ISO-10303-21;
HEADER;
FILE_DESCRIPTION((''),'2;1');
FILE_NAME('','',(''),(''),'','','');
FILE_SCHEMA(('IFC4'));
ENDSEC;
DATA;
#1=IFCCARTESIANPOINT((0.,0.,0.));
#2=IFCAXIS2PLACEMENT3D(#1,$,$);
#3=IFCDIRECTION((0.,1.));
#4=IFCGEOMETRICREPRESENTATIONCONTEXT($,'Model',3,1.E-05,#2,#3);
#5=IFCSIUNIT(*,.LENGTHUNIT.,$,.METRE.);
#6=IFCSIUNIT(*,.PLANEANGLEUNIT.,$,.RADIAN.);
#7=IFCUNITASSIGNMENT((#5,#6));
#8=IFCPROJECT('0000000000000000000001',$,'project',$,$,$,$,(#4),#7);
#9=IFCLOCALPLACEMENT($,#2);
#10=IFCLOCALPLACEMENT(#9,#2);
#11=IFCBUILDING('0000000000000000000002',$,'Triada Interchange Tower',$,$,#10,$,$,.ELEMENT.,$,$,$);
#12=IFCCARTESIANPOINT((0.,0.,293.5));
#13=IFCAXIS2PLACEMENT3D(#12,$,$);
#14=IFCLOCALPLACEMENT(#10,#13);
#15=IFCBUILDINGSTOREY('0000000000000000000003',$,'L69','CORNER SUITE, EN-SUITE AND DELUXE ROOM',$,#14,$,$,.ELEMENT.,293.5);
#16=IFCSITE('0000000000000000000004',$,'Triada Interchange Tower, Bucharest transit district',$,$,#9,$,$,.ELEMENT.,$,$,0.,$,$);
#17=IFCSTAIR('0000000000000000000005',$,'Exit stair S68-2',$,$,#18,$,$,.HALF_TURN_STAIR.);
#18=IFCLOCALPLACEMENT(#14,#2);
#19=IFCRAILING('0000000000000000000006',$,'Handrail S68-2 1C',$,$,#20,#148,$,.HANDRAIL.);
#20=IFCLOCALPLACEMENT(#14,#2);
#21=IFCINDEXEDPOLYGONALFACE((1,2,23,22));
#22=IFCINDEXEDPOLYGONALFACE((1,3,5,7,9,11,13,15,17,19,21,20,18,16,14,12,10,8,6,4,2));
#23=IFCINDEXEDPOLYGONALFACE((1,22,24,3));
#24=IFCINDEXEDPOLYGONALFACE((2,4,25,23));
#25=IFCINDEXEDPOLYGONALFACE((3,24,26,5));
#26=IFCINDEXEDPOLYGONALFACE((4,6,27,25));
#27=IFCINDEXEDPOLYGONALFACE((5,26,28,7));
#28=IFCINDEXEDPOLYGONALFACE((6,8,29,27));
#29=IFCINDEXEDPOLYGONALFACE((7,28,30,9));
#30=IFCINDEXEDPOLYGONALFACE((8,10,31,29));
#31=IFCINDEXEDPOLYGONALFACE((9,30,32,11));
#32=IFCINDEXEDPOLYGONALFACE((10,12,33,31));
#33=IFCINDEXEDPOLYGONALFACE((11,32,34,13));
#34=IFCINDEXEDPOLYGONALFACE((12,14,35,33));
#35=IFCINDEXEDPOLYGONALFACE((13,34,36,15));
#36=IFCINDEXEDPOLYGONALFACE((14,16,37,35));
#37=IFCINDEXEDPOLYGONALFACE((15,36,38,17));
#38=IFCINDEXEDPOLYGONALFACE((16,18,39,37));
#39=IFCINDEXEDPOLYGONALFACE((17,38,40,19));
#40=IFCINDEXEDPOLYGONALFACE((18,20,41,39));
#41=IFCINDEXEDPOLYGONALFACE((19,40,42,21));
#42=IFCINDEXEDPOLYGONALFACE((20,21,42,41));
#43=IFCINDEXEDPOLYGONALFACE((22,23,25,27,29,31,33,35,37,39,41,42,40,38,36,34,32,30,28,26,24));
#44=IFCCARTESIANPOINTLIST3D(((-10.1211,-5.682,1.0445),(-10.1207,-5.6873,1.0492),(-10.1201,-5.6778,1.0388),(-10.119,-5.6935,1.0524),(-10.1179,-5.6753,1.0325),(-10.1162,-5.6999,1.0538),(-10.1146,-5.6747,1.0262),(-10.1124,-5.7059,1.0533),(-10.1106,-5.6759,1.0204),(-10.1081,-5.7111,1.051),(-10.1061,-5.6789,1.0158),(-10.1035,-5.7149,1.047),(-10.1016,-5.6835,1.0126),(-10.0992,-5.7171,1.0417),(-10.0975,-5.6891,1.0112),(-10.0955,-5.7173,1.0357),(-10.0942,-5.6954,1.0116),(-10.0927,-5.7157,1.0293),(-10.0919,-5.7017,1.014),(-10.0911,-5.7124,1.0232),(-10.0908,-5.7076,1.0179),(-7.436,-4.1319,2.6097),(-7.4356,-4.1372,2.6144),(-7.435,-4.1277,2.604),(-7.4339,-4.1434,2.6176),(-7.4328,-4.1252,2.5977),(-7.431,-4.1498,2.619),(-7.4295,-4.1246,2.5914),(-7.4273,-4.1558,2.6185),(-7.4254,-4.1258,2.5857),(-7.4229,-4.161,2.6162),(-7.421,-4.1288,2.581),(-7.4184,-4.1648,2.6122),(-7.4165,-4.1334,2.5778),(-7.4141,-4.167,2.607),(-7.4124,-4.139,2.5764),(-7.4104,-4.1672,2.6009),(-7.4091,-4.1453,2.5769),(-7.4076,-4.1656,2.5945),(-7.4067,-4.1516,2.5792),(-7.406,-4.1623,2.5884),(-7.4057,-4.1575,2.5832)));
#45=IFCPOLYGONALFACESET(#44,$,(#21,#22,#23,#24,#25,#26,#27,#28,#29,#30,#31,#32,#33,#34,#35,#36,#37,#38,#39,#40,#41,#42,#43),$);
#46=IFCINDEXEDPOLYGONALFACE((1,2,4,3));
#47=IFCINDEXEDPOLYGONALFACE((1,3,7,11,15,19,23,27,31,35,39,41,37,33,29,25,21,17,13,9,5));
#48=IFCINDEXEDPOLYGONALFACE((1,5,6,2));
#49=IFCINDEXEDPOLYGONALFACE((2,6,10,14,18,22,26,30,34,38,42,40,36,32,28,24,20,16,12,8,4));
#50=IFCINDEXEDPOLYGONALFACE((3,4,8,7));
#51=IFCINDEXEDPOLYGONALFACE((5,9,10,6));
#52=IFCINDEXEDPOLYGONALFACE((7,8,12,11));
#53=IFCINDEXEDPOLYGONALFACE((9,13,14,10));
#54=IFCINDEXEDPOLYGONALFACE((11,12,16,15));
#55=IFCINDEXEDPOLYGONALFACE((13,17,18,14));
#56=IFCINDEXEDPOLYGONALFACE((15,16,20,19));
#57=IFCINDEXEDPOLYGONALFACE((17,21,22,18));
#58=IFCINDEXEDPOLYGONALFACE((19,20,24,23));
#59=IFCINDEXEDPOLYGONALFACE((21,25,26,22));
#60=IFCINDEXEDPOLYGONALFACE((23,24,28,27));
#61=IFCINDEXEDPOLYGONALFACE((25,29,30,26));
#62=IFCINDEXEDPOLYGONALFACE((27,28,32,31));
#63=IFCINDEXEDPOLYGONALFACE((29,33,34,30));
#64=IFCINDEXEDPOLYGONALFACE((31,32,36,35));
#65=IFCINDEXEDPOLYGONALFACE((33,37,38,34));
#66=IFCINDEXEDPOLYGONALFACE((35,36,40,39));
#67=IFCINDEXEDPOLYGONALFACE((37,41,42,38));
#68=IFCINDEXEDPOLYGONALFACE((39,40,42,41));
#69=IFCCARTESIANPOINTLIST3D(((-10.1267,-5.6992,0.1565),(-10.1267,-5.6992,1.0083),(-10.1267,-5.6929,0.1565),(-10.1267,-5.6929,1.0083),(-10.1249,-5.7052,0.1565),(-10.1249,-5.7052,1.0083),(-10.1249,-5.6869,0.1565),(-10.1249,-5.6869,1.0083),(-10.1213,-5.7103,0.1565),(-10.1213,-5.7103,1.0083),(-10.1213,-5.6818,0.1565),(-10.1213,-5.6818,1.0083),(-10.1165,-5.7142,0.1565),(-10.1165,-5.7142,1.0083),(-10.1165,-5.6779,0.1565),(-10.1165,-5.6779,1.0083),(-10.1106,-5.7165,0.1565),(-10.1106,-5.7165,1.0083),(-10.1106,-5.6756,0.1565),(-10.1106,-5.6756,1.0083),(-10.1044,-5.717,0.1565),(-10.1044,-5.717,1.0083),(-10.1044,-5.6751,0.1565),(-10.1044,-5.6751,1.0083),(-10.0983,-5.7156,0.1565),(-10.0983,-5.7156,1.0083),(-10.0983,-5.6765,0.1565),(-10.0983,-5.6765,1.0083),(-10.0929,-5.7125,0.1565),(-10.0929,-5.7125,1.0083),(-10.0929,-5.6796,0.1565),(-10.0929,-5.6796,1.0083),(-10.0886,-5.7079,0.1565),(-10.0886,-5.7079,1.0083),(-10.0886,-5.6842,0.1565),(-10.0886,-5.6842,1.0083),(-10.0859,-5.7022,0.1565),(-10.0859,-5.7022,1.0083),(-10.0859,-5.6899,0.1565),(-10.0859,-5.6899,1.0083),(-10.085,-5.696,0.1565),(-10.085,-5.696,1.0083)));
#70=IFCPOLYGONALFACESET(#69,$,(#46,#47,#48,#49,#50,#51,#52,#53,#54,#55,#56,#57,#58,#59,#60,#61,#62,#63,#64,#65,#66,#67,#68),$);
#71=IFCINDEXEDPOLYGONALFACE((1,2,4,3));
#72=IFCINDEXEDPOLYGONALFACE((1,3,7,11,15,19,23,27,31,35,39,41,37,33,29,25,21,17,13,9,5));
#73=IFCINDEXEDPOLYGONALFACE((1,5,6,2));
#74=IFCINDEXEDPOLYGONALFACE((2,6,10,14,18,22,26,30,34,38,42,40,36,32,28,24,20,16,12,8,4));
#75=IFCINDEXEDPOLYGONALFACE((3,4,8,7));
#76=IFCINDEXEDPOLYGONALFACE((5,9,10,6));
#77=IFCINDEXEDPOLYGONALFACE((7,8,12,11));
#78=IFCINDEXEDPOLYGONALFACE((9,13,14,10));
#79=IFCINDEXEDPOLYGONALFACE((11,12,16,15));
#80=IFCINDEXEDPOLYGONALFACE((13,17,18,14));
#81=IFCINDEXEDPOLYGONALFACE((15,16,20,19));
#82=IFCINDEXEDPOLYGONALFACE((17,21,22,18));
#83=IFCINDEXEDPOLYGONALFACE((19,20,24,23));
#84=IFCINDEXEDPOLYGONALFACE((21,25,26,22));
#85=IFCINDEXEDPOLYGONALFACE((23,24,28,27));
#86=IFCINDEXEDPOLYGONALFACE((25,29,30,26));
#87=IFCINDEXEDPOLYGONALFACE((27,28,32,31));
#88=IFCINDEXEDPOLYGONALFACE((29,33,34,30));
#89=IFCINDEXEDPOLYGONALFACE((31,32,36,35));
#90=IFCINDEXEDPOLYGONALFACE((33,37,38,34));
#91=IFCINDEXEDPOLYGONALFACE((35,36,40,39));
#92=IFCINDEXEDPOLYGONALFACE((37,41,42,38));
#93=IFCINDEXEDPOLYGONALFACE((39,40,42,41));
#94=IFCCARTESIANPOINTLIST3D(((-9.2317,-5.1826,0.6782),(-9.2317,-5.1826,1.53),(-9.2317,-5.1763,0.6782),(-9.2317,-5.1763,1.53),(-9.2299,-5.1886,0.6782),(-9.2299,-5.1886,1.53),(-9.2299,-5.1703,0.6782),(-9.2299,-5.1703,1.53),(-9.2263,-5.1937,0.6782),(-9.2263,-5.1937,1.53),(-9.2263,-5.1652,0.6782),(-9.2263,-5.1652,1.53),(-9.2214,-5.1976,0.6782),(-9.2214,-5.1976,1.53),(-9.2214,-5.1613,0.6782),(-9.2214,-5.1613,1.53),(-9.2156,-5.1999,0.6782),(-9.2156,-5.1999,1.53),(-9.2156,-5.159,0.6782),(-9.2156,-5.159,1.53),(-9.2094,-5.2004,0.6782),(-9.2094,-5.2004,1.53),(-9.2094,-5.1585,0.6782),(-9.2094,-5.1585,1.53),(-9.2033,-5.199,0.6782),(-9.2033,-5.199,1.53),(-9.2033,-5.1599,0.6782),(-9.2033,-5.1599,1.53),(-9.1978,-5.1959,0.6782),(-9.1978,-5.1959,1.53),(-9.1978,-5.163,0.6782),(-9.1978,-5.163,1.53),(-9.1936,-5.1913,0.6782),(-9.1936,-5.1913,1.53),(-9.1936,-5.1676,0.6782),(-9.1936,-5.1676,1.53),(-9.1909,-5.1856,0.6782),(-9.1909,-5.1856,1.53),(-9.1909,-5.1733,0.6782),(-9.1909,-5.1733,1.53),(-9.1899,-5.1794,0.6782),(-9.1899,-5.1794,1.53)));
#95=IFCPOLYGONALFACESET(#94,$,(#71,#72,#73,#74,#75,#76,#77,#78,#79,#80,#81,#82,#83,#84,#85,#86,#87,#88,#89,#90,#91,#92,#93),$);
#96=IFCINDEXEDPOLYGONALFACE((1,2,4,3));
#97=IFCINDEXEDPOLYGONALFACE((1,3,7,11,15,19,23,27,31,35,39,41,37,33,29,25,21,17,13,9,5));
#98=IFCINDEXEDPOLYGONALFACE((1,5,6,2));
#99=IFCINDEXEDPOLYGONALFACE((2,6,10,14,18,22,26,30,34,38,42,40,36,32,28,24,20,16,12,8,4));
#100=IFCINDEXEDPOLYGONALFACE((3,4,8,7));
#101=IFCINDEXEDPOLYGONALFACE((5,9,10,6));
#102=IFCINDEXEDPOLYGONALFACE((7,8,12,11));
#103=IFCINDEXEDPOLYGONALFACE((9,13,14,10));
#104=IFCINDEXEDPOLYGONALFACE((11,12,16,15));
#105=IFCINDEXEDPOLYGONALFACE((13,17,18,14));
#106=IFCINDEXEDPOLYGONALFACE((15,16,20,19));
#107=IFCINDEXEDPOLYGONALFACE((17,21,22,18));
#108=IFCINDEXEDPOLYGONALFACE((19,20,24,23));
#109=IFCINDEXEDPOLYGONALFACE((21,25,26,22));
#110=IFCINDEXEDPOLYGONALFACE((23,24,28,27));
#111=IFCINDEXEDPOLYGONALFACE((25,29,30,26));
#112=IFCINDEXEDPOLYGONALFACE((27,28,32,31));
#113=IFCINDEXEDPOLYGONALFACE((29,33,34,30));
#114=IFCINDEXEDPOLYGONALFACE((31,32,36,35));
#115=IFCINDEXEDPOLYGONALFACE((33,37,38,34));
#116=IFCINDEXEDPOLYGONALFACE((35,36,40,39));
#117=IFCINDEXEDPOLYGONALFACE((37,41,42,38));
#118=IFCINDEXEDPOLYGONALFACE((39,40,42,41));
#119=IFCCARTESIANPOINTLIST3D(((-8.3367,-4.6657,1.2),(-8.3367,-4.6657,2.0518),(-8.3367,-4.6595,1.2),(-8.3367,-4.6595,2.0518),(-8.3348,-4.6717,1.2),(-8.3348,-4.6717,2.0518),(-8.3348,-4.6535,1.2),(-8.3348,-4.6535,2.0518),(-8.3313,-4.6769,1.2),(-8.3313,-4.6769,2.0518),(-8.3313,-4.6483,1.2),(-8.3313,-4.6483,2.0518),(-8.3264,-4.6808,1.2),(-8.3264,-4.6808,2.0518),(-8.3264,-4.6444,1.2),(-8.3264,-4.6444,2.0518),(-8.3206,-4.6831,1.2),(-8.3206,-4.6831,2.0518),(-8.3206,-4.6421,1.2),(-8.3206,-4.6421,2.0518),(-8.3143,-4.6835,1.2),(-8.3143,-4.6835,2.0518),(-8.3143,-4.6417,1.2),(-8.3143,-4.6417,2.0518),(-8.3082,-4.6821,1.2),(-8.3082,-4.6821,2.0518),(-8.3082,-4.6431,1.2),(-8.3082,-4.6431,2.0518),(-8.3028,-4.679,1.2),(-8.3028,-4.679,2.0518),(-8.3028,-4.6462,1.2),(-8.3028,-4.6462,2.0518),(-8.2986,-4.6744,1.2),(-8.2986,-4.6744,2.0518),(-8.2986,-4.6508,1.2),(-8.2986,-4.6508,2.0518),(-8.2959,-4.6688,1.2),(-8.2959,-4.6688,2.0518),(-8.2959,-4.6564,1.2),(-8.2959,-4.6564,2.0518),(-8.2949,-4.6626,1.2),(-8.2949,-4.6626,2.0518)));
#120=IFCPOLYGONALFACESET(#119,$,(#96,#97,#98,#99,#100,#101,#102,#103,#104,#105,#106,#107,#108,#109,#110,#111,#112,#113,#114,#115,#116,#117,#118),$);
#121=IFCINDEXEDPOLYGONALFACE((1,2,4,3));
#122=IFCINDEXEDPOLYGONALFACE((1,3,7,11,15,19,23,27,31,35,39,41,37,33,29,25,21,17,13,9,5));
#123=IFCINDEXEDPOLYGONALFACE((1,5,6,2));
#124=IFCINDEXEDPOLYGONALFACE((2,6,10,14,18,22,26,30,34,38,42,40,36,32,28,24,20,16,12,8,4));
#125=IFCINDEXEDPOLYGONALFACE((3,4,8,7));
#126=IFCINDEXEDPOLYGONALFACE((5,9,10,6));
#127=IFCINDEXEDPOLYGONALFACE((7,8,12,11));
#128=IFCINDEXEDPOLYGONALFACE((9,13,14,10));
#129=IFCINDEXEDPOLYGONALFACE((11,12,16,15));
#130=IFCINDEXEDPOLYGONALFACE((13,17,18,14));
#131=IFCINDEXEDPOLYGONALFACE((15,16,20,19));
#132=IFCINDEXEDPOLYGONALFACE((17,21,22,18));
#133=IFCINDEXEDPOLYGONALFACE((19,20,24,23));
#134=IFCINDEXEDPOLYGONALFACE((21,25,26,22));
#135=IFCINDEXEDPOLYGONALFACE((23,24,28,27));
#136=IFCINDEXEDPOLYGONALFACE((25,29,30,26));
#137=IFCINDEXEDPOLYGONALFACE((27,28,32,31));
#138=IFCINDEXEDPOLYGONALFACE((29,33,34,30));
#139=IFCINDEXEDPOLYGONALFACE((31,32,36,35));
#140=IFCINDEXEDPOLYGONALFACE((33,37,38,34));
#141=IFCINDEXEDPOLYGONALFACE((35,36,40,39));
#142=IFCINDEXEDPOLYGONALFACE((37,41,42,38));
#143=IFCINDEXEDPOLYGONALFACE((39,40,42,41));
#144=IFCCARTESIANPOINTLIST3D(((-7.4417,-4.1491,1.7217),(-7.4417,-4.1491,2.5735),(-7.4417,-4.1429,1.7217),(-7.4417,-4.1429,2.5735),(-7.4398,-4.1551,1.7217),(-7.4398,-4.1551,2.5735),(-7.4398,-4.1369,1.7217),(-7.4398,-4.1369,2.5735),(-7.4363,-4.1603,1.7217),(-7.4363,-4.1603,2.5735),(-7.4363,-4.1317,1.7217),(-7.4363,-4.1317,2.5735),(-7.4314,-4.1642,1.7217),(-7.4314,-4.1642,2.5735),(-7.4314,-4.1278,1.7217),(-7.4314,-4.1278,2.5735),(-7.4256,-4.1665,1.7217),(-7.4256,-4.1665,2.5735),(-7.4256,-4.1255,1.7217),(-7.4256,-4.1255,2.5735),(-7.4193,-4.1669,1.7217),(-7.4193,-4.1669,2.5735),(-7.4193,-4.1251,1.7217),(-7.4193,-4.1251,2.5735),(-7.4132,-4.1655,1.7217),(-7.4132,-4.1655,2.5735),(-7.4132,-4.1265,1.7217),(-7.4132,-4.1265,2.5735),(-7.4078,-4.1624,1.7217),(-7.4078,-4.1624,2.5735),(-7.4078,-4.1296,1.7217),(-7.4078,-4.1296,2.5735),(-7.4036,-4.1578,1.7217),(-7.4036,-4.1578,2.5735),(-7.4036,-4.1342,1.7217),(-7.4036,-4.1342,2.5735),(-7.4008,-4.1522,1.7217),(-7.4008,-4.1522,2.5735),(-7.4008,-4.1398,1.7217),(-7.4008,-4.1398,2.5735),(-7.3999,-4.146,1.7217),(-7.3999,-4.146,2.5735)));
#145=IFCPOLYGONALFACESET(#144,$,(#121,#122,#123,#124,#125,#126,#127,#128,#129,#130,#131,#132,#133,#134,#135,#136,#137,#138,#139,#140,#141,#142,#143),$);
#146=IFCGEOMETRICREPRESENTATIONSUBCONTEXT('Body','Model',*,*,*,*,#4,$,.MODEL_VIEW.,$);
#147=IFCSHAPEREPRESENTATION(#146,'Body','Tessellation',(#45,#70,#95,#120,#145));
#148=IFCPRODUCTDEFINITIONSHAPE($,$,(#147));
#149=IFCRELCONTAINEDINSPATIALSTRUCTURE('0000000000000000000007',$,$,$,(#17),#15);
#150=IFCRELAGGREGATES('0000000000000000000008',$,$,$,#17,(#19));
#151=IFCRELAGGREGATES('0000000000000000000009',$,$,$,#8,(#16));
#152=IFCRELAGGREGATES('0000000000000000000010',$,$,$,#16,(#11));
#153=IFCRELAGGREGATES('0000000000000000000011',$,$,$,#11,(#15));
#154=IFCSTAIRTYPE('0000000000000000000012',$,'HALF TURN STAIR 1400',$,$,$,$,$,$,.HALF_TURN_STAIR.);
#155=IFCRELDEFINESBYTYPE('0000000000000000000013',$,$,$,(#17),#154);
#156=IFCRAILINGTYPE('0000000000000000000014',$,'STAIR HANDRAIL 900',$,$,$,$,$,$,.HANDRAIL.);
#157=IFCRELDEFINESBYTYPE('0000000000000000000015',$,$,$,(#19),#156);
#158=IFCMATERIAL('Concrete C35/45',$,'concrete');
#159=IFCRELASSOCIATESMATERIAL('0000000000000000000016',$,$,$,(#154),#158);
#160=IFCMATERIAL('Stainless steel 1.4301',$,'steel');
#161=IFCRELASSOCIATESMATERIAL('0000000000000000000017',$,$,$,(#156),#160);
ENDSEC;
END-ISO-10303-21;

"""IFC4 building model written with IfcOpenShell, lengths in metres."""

from ifc_helpers import new_model, si_unit, direction, frame, origin, origin_2d, place, context, subcontext, project, spatial, circle, extrude, material, type_object, element, aggregate, save


model = new_model("IFC4")

# Units and contexts
model_context = context("Model", 3, precision=1e-05, world=origin(), true_north=direction((0.0, 1.0)))
body_context = subcontext(model_context, "Body", "Model", "MODEL_VIEW")
ifc_project = project(units=[si_unit("LENGTHUNIT", "METRE"), si_unit("PLANEANGLEUNIT", "RADIAN")], contexts=[model_context])

# Site, building, storey
site_placement = place(None, origin())
site = spatial("IfcSite", under=ifc_project, at=site_placement, Name="Triada Interchange Tower, Bucharest transit district", CompositionType="ELEMENT", RefElevation=0.0)
building_placement = place(site_placement, origin())
building = spatial("IfcBuilding", under=site, at=building_placement, Name="Triada Interchange Tower", CompositionType="ELEMENT")
storey_placement = place(building_placement, frame((0.0, 0.0, 293.5)))
storey = spatial("IfcBuildingStorey", under=building, at=storey_placement, Name="L69", Description="CORNER SUITE, EN-SUITE AND DELUXE ROOM", CompositionType="ELEMENT", Elevation=293.5)

# Stair, railing
ifc_material_1 = material(Name="Concrete C35/45", Category="concrete")
stair_type = type_object("IfcStairType", Name="HALF TURN STAIR 1400", PredefinedType="HALF_TURN_STAIR", material=ifc_material_1)
stair_placement = place(storey_placement, origin())
stair = element("IfcStair", 1, at=stair_placement, inside=storey, type_object=stair_type, Name="Exit stair S68-2", PredefinedType="HALF_TURN_STAIR")
ifc_material_2 = material(Name="Stainless steel 1.4301", Category="steel")
railing_type = type_object("IfcRailingType", Name="STAIR HANDRAIL 900", PredefinedType="HANDRAIL", material=ifc_material_2)
railing_1_placement = place(storey_placement, frame((-10.106, -5.696, 0.1565)))
railing_1 = element("IfcRailing", 2, at=railing_1_placement, type_object=railing_type, Name="Handrail S68-2 1C", PredefinedType="HANDRAIL", context=body_context, shape_type="SweptSolid", body=[
    extrude(circle(Radius=0.0239, at=origin_2d()), frame((0.0, 0.0, 0.876), z_axis=(0.773115, 0.446309, 0.450667), x_axis=(-0.499959, 0.866049, 0.0)), (0.0, 0.0, 1.0), 3.4731),
    extrude(circle(Radius=0.021, at=origin_2d()), origin(), (0.0, 0.0, 1.0), 0.8518),
    extrude(circle(Radius=0.021, at=origin_2d()), frame((0.895, 0.5166, 0.5217)), (0.0, 0.0, 1.0), 0.8518),
    extrude(circle(Radius=0.021, at=origin_2d()), frame((1.79, 1.0334, 1.0435)), (0.0, 0.0, 1.0), 0.8518),
    extrude(circle(Radius=0.021, at=origin_2d()), frame((2.6851, 1.55, 1.5652)), (0.0, 0.0, 1.0), 0.8518),
])
aggregate(stair, [railing_1])

save(model, "model.ifc")
